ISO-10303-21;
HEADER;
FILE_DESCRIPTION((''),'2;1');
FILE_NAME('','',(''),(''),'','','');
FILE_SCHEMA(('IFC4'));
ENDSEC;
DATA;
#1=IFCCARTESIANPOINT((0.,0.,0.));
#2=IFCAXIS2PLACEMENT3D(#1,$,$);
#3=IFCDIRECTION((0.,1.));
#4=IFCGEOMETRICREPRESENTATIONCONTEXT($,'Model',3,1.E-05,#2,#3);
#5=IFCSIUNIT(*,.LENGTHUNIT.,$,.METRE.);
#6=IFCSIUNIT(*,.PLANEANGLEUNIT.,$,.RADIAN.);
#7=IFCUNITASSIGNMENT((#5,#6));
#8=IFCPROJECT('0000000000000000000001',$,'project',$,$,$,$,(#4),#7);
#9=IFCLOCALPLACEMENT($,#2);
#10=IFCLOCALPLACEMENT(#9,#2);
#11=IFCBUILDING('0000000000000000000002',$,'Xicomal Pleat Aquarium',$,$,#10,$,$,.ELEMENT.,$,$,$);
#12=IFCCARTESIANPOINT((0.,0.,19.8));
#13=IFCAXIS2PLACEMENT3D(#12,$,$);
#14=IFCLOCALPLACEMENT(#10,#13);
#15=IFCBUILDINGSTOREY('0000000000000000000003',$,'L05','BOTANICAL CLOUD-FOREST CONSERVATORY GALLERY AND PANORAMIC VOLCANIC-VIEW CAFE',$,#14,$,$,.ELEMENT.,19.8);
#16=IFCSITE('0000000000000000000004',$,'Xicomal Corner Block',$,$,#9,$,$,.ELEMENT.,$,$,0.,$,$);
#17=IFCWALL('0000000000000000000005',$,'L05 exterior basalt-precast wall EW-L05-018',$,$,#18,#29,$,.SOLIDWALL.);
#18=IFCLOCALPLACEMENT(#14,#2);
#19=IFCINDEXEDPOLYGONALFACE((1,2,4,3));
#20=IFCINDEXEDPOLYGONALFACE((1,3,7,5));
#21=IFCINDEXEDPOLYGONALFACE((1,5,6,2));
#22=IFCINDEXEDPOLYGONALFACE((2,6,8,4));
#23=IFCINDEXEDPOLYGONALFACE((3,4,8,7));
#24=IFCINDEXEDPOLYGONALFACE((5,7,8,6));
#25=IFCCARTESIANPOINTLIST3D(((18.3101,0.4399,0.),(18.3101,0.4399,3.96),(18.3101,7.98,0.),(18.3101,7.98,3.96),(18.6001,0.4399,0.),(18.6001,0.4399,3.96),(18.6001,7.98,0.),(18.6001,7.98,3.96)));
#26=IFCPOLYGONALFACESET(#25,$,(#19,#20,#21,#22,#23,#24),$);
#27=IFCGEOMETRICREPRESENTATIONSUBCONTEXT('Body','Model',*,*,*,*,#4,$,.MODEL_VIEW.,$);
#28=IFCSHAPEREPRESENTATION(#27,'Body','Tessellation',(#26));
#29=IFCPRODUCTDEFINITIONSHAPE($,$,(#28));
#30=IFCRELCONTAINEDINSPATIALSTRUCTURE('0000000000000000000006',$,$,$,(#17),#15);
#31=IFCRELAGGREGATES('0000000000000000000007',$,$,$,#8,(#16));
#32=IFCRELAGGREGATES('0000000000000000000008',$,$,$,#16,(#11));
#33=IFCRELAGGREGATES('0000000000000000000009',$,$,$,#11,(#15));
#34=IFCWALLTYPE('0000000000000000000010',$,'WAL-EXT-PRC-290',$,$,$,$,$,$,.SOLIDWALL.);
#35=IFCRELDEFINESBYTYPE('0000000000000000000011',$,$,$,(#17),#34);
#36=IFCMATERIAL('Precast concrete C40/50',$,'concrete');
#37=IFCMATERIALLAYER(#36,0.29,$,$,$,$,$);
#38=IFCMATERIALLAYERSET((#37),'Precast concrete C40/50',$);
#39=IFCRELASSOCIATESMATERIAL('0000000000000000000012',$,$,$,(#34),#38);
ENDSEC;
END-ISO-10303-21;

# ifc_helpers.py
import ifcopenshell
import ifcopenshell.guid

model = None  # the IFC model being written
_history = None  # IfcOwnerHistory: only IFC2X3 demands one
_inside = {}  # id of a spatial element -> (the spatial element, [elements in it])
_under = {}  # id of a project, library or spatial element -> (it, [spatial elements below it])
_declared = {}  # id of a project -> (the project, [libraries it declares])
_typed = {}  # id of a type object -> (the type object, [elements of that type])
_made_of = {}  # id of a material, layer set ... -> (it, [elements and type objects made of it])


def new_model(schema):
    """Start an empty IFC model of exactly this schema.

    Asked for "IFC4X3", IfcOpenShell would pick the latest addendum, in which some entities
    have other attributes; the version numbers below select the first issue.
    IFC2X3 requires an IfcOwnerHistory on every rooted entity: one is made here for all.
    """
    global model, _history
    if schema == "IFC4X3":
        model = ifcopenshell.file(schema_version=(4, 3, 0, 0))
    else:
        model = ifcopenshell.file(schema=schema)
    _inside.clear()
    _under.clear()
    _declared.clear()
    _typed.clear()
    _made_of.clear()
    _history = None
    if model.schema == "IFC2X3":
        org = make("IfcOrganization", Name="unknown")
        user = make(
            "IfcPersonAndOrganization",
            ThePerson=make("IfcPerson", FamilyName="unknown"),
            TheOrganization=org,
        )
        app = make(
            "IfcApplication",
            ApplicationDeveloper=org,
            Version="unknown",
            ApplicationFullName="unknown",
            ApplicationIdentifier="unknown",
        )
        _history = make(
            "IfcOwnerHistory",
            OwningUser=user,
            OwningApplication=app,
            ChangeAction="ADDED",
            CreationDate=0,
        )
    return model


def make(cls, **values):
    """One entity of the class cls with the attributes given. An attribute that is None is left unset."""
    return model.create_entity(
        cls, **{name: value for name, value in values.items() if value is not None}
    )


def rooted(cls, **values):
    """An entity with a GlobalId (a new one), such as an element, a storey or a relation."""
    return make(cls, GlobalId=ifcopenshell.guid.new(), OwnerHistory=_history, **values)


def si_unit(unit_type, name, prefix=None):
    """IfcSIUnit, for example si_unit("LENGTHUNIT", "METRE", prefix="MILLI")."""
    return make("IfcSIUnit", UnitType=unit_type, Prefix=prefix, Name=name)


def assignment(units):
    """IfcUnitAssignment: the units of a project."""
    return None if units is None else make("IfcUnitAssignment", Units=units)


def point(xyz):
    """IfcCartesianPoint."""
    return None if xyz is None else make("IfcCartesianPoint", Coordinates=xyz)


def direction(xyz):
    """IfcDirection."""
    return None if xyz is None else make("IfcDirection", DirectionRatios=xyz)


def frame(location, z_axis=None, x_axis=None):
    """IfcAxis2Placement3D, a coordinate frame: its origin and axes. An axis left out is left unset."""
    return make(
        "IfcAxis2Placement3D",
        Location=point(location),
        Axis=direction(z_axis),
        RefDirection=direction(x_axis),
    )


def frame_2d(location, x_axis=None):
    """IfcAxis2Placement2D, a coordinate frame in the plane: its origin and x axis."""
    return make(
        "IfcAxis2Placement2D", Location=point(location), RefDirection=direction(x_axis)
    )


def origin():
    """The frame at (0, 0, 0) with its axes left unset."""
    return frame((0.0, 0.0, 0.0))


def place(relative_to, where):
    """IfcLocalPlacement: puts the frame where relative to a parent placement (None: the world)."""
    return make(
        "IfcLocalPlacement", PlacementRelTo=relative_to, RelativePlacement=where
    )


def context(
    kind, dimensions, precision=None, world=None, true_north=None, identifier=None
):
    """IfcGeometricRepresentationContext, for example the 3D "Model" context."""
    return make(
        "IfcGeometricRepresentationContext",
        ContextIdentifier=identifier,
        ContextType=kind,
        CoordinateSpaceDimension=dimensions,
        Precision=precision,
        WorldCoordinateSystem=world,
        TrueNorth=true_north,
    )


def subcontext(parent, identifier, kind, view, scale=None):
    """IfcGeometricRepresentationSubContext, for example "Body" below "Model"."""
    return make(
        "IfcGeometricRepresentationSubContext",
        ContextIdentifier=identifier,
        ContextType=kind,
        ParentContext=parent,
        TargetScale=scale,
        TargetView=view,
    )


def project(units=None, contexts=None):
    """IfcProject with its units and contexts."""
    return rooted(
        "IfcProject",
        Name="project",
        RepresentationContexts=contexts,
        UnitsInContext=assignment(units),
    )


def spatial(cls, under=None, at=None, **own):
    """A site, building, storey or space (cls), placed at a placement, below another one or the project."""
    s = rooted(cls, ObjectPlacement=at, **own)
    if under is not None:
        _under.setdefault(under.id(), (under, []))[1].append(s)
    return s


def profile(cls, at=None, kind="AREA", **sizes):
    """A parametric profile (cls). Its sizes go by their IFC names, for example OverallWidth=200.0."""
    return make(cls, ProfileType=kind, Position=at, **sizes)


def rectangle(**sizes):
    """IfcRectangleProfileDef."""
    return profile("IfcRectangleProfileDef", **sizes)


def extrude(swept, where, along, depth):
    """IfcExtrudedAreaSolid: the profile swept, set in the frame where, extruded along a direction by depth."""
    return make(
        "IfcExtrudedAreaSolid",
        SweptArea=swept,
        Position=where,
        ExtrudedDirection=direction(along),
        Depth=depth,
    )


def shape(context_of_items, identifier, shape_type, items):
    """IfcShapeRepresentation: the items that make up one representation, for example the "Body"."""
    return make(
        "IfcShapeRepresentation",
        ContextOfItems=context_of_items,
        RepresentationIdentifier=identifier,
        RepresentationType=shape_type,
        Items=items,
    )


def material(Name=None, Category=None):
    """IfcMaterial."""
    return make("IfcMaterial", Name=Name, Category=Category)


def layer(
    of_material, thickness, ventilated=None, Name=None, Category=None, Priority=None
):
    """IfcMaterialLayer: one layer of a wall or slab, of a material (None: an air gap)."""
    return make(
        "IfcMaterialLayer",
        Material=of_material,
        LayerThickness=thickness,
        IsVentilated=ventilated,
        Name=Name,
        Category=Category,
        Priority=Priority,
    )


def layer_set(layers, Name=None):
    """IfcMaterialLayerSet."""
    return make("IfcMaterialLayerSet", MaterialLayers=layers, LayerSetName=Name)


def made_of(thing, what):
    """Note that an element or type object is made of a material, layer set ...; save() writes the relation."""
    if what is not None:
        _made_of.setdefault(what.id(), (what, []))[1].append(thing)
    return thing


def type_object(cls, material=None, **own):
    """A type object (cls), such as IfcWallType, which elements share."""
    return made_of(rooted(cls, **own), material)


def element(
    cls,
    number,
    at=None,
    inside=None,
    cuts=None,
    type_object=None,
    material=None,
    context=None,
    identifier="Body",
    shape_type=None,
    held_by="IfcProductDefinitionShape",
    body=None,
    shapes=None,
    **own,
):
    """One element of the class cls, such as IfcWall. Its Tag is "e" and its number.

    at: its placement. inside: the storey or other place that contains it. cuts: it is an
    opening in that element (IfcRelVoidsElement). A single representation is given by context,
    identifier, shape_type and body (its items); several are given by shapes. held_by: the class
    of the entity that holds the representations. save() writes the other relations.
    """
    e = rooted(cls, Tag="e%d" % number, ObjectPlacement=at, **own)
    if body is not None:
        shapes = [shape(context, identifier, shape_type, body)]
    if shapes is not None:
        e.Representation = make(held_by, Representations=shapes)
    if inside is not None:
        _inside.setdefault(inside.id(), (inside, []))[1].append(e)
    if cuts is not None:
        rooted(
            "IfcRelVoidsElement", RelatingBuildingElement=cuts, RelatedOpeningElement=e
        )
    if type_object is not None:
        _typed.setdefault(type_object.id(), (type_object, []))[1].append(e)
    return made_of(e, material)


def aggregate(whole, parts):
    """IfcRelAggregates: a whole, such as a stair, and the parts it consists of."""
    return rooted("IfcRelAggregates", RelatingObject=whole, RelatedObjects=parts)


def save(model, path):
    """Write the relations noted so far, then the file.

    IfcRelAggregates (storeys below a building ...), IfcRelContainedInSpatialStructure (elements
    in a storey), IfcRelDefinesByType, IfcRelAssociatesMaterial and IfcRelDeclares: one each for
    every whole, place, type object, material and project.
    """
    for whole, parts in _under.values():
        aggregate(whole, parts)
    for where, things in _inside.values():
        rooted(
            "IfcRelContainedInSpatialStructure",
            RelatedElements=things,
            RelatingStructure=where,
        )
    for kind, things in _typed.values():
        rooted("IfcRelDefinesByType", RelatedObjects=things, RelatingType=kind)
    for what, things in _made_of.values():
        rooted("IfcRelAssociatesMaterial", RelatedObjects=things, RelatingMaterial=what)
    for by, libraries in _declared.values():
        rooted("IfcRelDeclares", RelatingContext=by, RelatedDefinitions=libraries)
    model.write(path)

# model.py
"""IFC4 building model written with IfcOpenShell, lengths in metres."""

from ifc_helpers import new_model, si_unit, direction, frame, frame_2d, origin, place, context, subcontext, project, spatial, rectangle, extrude, material, layer, layer_set, type_object, element, save


model = new_model("IFC4")

# Units and contexts
model_context = context("Model", 3, precision=1e-05, world=origin(), true_north=direction((0.0, 1.0)))
body_context = subcontext(model_context, "Body", "Model", "MODEL_VIEW")
ifc_project = project(units=[si_unit("LENGTHUNIT", "METRE"), si_unit("PLANEANGLEUNIT", "RADIAN")], contexts=[model_context])

# Site, building, storey
site_placement = place(None, origin())
site = spatial("IfcSite", under=ifc_project, at=site_placement, Name="Xicomal Corner Block", CompositionType="ELEMENT", RefElevation=0.0)
building_placement = place(site_placement, origin())
building = spatial("IfcBuilding", under=site, at=building_placement, Name="Xicomal Pleat Aquarium", CompositionType="ELEMENT")
storey_placement = place(building_placement, frame((0.0, 0.0, 19.8)))
storey = spatial("IfcBuildingStorey", under=building, at=storey_placement, Name="L05", Description="BOTANICAL CLOUD-FOREST CONSERVATORY GALLERY AND PANORAMIC VOLCANIC-VIEW CAFE", CompositionType="ELEMENT", Elevation=19.8)

# Wall
ifc_material_1 = material(Name="Precast concrete C40/50", Category="concrete")
ifc_layer_1 = layer(ifc_material_1, 0.29)
ifc_layer_set_1 = layer_set([ifc_layer_1], Name="Precast concrete C40/50")
wall_type_1 = type_object("IfcWallType", Name="WAL-EXT-PRC-290", PredefinedType="SOLIDWALL", material=ifc_layer_set_1)
wall_1_placement = place(storey_placement, frame((18.4551, 7.98, 0.0), z_axis=(0.0, 0.0, 1.0), x_axis=(0.0, -1.0, 0.0)))
element("IfcWall", 1, at=wall_1_placement, inside=storey, type_object=wall_type_1, Name="L05 exterior basalt-precast wall EW-L05-018", PredefinedType="SOLIDWALL", context=body_context, shape_type="SweptSolid", body=[
    extrude(rectangle(XDim=7.54, YDim=0.29, at=frame_2d((3.77, 0.0))), origin(), (0.0, 0.0, 1.0), 3.96),
])

save(model, "model.ifc")
